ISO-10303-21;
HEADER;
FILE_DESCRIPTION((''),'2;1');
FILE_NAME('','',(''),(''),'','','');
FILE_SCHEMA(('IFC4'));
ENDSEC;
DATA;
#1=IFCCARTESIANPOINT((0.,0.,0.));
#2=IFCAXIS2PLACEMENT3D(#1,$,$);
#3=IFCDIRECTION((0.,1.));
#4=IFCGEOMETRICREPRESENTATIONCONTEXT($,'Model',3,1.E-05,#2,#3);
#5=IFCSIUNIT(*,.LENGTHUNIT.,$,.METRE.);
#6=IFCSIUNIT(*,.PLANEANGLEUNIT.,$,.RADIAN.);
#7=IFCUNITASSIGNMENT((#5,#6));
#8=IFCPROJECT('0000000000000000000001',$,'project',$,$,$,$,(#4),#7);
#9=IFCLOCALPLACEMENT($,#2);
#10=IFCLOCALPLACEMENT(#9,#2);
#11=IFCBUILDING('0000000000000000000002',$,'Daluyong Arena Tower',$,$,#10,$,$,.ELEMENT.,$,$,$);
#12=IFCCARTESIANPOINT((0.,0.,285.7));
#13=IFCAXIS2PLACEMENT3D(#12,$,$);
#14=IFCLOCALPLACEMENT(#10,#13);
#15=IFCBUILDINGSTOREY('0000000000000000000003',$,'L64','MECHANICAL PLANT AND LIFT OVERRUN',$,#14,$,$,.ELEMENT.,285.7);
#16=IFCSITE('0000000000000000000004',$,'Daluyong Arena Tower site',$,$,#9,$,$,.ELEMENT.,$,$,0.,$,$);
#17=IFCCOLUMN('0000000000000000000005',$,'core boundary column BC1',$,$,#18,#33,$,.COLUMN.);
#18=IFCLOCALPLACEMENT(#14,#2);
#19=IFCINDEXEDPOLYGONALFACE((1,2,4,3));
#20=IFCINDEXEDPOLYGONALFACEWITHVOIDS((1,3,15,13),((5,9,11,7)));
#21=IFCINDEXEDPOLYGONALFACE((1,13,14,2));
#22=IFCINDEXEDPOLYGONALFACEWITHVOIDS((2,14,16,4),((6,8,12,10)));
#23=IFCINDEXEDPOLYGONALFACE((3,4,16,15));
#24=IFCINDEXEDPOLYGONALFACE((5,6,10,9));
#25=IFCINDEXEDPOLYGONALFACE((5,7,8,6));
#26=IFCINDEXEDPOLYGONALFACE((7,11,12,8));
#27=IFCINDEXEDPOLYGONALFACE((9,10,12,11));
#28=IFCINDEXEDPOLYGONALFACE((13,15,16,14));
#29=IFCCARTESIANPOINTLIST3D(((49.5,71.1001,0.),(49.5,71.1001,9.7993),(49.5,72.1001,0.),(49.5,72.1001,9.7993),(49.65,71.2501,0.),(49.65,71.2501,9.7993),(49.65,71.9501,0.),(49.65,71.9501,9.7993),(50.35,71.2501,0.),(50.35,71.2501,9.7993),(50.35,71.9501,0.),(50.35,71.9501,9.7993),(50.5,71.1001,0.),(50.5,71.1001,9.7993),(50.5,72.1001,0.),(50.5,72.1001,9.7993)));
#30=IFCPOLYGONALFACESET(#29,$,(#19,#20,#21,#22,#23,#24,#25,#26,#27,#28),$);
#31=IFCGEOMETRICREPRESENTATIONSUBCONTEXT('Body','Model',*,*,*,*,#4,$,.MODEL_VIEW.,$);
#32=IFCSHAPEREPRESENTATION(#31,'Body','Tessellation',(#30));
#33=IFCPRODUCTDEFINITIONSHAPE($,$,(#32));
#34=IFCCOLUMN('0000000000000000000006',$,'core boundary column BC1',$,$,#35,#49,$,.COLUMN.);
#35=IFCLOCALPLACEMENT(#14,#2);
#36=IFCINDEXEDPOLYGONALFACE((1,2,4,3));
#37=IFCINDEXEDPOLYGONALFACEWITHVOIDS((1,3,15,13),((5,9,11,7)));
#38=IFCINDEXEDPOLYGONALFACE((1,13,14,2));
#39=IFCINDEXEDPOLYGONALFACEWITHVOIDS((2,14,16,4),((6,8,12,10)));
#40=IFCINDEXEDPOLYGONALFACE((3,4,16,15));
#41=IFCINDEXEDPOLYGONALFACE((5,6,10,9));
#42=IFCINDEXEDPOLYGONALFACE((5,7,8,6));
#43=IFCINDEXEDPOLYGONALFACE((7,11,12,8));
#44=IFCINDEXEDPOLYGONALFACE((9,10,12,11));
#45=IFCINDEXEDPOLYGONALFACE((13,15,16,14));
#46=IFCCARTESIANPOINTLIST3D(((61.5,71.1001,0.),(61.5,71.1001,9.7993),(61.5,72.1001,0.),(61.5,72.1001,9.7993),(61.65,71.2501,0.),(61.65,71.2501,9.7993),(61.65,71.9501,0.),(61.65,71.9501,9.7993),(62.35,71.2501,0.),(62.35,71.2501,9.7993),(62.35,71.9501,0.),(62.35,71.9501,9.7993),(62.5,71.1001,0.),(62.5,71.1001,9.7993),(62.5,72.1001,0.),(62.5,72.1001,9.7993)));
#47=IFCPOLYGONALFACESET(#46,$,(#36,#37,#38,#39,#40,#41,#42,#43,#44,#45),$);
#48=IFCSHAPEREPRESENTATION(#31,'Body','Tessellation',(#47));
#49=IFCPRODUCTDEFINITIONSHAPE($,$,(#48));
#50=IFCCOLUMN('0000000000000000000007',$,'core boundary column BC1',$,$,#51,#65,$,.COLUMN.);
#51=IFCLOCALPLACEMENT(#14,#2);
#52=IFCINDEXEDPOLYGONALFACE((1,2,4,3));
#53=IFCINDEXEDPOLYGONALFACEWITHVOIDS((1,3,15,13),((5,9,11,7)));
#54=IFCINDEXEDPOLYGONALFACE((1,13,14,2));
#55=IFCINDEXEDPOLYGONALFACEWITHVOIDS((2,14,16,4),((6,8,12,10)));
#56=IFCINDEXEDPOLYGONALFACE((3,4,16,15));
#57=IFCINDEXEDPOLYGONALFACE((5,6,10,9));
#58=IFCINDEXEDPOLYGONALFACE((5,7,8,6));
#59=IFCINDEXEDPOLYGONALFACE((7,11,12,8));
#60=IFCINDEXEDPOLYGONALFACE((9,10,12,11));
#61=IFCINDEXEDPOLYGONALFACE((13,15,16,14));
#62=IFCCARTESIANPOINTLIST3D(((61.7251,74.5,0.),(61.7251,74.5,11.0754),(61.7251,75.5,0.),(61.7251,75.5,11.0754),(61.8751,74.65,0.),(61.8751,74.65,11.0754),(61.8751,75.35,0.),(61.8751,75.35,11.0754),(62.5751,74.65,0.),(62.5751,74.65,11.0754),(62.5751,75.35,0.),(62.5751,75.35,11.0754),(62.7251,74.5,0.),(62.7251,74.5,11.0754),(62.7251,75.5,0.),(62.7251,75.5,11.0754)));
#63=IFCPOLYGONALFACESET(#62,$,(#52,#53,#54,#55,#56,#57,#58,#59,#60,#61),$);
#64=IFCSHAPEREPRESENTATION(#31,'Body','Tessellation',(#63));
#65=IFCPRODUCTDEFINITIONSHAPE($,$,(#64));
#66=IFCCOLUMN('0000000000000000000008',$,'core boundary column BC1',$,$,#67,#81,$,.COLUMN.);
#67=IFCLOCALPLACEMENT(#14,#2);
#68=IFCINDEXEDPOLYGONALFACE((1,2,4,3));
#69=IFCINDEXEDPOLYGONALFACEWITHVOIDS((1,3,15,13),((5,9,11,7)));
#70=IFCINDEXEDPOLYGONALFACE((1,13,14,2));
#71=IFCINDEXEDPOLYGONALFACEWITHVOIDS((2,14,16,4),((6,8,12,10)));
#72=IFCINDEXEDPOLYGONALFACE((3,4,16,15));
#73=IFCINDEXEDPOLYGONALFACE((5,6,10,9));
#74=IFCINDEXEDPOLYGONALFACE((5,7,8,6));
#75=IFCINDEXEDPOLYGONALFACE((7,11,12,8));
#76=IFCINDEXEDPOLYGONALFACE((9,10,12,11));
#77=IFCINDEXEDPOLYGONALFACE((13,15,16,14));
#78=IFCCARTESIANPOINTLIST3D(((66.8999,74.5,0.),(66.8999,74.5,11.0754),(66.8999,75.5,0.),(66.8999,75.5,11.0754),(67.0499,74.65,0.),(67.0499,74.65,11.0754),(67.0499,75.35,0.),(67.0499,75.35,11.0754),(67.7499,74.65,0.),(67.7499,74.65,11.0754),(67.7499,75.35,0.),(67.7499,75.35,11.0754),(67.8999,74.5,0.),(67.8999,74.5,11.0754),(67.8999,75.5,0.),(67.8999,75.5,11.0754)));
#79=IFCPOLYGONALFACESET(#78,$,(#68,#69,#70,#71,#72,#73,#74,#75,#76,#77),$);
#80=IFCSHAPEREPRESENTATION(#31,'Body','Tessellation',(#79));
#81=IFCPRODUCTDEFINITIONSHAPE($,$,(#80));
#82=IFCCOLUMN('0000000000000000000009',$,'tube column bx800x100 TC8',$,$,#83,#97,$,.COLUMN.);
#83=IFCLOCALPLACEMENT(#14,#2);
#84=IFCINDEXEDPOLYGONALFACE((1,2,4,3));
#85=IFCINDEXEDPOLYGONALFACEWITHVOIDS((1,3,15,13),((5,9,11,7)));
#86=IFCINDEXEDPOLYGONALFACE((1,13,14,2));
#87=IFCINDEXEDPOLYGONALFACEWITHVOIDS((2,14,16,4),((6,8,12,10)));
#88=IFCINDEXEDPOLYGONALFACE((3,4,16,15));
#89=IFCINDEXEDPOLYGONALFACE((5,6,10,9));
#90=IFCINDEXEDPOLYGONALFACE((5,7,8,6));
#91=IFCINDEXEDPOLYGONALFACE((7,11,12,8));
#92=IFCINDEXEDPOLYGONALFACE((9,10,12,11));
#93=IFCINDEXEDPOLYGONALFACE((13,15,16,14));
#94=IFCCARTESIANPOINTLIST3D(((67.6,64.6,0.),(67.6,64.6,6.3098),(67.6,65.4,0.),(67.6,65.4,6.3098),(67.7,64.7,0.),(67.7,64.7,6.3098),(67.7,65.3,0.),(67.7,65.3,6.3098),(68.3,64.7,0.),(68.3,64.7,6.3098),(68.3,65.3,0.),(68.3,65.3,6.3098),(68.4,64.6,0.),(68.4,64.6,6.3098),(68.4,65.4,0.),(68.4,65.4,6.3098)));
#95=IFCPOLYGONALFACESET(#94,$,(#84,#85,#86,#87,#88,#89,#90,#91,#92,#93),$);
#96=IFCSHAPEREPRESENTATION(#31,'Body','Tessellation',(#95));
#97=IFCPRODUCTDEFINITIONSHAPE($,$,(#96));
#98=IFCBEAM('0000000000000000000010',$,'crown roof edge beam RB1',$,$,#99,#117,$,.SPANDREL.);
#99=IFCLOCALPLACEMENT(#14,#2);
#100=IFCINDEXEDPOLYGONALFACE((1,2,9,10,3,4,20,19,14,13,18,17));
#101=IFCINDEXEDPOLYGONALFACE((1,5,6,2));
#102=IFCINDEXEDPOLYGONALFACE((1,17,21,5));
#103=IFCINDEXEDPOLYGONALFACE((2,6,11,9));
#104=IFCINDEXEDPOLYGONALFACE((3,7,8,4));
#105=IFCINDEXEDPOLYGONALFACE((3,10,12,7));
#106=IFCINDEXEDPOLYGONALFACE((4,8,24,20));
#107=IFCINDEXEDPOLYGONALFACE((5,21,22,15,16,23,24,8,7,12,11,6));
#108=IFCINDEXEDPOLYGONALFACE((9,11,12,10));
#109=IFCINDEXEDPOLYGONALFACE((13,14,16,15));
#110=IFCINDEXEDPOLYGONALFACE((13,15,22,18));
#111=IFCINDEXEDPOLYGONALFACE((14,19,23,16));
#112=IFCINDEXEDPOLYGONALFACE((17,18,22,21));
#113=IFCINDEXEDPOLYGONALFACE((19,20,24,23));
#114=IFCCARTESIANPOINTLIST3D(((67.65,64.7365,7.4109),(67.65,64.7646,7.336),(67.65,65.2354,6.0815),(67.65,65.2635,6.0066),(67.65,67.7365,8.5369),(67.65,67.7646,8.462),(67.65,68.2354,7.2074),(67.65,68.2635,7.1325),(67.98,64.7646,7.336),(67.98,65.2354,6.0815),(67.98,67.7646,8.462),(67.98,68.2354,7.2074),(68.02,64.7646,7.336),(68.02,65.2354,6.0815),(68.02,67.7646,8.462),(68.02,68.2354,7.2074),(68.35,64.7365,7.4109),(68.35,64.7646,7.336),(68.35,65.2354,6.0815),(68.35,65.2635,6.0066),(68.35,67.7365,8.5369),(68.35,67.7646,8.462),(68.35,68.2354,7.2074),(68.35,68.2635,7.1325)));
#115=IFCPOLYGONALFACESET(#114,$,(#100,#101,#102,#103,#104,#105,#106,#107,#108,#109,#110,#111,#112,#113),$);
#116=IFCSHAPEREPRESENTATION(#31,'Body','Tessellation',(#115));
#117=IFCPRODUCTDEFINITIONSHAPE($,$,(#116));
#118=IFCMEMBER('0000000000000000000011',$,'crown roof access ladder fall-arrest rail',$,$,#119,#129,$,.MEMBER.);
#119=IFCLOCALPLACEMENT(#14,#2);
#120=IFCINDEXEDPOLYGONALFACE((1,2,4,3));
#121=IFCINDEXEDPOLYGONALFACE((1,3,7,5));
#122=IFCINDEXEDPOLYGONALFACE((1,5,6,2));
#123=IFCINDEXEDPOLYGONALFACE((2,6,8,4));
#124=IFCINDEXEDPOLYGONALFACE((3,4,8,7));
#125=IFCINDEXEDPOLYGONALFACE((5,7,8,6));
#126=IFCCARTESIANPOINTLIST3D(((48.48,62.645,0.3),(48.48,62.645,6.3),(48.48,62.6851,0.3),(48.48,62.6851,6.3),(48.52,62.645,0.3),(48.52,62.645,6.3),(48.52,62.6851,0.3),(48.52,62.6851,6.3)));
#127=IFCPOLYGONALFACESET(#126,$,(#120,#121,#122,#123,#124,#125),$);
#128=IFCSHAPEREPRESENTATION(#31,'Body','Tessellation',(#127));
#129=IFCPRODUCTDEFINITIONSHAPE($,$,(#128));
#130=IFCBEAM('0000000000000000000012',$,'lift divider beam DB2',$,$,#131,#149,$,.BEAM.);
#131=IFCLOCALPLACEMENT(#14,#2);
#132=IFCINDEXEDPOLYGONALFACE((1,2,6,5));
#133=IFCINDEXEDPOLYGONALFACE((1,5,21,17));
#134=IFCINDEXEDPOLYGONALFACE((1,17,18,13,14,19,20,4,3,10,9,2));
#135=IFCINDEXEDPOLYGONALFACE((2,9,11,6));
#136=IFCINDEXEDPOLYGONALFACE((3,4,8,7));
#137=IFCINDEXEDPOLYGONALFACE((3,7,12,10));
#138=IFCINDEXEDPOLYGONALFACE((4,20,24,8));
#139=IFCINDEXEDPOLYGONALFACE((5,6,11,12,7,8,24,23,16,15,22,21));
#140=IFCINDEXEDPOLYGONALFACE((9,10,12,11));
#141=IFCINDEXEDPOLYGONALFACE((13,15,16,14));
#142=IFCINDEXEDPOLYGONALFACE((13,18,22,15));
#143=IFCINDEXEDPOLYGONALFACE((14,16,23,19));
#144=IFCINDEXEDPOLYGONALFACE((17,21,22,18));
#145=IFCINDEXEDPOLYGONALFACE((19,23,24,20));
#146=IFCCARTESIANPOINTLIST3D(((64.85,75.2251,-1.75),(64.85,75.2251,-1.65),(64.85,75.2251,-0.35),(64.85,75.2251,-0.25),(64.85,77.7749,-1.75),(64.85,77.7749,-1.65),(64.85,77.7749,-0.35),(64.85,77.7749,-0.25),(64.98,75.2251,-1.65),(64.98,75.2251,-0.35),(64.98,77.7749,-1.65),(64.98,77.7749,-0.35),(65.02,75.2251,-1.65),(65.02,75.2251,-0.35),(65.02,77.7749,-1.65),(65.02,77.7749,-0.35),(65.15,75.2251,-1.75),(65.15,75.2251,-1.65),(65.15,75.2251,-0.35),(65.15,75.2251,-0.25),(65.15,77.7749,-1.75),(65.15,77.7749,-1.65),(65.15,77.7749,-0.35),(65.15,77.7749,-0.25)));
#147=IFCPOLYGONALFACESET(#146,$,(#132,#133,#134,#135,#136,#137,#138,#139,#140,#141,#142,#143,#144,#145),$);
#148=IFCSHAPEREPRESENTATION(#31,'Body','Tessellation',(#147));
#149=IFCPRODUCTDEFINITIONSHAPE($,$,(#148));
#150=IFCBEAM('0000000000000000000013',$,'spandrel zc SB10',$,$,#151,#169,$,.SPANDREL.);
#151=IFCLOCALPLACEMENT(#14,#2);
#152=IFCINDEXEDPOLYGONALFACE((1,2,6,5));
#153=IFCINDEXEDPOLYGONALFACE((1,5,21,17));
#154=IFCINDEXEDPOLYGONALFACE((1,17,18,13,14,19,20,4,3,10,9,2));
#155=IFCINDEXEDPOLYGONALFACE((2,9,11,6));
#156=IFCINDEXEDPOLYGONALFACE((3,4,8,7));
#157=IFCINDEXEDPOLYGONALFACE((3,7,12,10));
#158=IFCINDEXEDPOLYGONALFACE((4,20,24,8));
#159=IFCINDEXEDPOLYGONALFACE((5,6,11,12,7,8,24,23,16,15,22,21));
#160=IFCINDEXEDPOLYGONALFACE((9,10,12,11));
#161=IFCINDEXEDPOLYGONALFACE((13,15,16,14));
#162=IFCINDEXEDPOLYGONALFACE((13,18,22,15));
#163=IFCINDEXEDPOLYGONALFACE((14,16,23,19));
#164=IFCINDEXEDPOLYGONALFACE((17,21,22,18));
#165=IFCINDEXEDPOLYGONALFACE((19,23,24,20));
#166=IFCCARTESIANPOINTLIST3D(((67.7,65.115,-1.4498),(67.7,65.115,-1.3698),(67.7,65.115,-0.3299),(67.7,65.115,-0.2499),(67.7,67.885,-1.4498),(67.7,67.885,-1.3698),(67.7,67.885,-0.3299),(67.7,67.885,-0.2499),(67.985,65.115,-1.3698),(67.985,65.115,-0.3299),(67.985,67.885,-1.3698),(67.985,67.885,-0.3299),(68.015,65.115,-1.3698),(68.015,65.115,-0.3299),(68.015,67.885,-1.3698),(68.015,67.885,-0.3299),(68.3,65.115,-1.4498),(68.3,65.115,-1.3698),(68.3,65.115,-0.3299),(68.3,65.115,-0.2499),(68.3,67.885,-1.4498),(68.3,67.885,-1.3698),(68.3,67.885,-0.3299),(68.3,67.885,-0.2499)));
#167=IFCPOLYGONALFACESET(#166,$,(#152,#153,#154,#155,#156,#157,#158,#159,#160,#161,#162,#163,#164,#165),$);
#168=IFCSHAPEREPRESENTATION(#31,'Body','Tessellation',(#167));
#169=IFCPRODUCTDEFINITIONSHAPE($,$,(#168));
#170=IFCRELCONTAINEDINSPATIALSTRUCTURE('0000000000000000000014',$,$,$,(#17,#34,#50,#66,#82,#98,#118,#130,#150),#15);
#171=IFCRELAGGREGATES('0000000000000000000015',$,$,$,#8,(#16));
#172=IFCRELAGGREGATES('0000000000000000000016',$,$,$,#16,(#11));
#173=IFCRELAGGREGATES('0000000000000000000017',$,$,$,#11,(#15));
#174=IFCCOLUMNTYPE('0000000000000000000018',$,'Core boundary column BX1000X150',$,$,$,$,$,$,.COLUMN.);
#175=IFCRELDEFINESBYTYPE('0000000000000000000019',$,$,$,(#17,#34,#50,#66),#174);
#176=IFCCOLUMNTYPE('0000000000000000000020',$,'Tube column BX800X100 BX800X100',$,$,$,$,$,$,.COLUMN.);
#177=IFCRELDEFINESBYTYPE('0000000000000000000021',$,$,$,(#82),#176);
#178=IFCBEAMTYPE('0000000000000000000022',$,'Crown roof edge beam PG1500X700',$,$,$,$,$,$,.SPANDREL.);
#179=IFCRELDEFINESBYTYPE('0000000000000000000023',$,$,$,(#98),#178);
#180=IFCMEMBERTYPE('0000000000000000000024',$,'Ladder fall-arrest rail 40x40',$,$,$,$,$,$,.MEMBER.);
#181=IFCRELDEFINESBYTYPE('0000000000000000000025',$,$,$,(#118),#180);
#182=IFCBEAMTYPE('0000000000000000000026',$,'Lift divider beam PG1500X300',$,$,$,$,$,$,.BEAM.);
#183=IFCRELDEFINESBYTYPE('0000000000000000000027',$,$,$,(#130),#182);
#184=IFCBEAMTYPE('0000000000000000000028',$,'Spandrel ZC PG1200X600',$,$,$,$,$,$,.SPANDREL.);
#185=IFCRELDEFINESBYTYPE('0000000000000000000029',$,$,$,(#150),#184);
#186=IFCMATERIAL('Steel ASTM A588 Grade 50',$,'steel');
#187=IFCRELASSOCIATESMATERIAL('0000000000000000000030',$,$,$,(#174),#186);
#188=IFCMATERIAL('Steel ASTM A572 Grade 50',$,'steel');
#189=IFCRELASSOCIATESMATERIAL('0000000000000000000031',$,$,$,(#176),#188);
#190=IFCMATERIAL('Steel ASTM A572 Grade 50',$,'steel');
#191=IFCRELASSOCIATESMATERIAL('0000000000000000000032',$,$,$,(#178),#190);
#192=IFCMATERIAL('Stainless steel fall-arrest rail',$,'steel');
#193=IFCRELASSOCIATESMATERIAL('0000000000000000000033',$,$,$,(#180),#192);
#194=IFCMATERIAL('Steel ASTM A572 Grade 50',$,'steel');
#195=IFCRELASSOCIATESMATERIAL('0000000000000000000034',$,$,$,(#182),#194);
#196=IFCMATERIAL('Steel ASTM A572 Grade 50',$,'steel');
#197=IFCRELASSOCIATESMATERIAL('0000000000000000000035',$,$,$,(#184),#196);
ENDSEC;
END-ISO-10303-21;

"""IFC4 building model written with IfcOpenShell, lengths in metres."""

from ifc_helpers import new_model, si_unit, direction, frame, origin, origin_2d, place, context, subcontext, project, spatial, rectangle, hollow_rectangle, i_section, extrude, material, material_profile, profile_set, type_object, element, save


model = new_model("IFC4")

# Units and contexts
model_context = context("Model", 3, precision=1e-05, world=origin(), true_north=direction((0.0, 1.0)))
body_context = subcontext(model_context, "Body", "Model", "MODEL_VIEW")
ifc_project = project(units=[si_unit("LENGTHUNIT", "METRE"), si_unit("PLANEANGLEUNIT", "RADIAN")], contexts=[model_context])

# Site, building, storey
site_placement = place(None, origin())
site = spatial("IfcSite", under=ifc_project, at=site_placement, Name="Daluyong Arena Tower site", CompositionType="ELEMENT", RefElevation=0.0)
building_placement = place(site_placement, origin())
building = spatial("IfcBuilding", under=site, at=building_placement, Name="Daluyong Arena Tower", CompositionType="ELEMENT")
storey_placement = place(building_placement, frame((0.0, 0.0, 285.7)))
storey = spatial("IfcBuildingStorey", under=building, at=storey_placement, Name="L64", Description="MECHANICAL PLANT AND LIFT OVERRUN", CompositionType="ELEMENT", Elevation=285.7)

# Columns
ifc_material_1 = material(Name="Steel ASTM A588 Grade 50", Category="steel")
ifc_material_profile_1 = material_profile(ifc_material_1, hollow_rectangle(XDim=1.0, YDim=1.0, WallThickness=0.15, at=origin_2d()))
ifc_profile_set_1 = profile_set([ifc_material_profile_1], Name="Steel ASTM A588 Grade 50")
column_type_1 = type_object("IfcColumnType", Name="Core boundary column BX1000X150", PredefinedType="COLUMN", material=ifc_profile_set_1)
for number, where, z_axis, x_axis, name in (
    (1, (50.0, 71.6001, 0.0), (0.0, 0.0, 1.0), (1.0, 0.0, 0.0), "core boundary column BC1"),
    (2, (62.0, 71.6001, 0.0), (0.0, 0.0, 1.0), (1.0, 0.0, 0.0), "core boundary column BC1"),
):
    element("IfcColumn", number, at=place(storey_placement, frame(where, z_axis=z_axis, x_axis=x_axis)), inside=storey, type_object=column_type_1, Name=name, PredefinedType="COLUMN", context=body_context, shape_type="SweptSolid", body=[
        extrude(hollow_rectangle(XDim=1.0, YDim=1.0, WallThickness=0.15, at=origin_2d()), origin(), (0.0, 0.0, 1.0), 9.7993),
    ])
for number, where, z_axis, x_axis, name in (
    (3, (62.2251, 75.0, 0.0), (0.0, 0.0, 1.0), (1.0, 0.0, 0.0), "core boundary column BC1"),
    (4, (67.3999, 75.0, 0.0), (0.0, 0.0, 1.0), (1.0, 0.0, 0.0), "core boundary column BC1"),
):
    element("IfcColumn", number, at=place(storey_placement, frame(where, z_axis=z_axis, x_axis=x_axis)), inside=storey, type_object=column_type_1, Name=name, PredefinedType="COLUMN", context=body_context, shape_type="SweptSolid", body=[
        extrude(hollow_rectangle(XDim=1.0, YDim=1.0, WallThickness=0.15, at=origin_2d()), origin(), (0.0, 0.0, 1.0), 11.0754),
    ])
ifc_material_2 = material(Name="Steel ASTM A572 Grade 50", Category="steel")
ifc_material_profile_2 = material_profile(ifc_material_2, hollow_rectangle(XDim=0.8, YDim=0.8, WallThickness=0.1, at=origin_2d()))
ifc_profile_set_2 = profile_set([ifc_material_profile_2], Name="Steel ASTM A572 Grade 50")
column_type_2 = type_object("IfcColumnType", Name="Tube column BX800X100 BX800X100", PredefinedType="COLUMN", material=ifc_profile_set_2)
column_placement = place(storey_placement, frame((68.0, 65.0, 0.0), z_axis=(0.0, 0.0, 1.0), x_axis=(0.0, 1.0, 0.0)))
element("IfcColumn", 5, at=column_placement, inside=storey, type_object=column_type_2, Name="tube column bx800x100 TC8", PredefinedType="COLUMN", context=body_context, shape_type="SweptSolid", body=[
    extrude(hollow_rectangle(XDim=0.8, YDim=0.8, WallThickness=0.1, at=origin_2d()), origin(), (0.0, 0.0, 1.0), 6.3098),
])

# Beam
ifc_material_3 = material(Name="Steel ASTM A572 Grade 50", Category="steel")
ifc_material_profile_3 = material_profile(ifc_material_3, i_section(OverallWidth=0.7, OverallDepth=1.5, WebThickness=0.04, FlangeThickness=0.08, at=origin_2d()))
ifc_profile_set_3 = profile_set([ifc_material_profile_3], Name="Steel ASTM A572 Grade 50")
beam_type_1 = type_object("IfcBeamType", Name="Crown roof edge beam PG1500X700", PredefinedType="SPANDREL", material=ifc_profile_set_3)
beam_1_placement = place(storey_placement, frame((68.0, 65.0, 6.7087), z_axis=(0.0, 0.936229, 0.351391), x_axis=(-1.0, 0.0, 0.0)))
element("IfcBeam", 6, at=beam_1_placement, inside=storey, type_object=beam_type_1, Name="crown roof edge beam RB1", PredefinedType="SPANDREL", context=body_context, shape_type="SweptSolid", body=[
    extrude(i_section(OverallWidth=0.7, OverallDepth=1.5, WebThickness=0.04, FlangeThickness=0.08, at=origin_2d()), origin(), (0.0, 0.0, 1.0), 3.2043),
])

# Member
ifc_material_4 = material(Name="Stainless steel fall-arrest rail", Category="steel")
ifc_material_profile_4 = material_profile(ifc_material_4, rectangle(XDim=0.04, YDim=0.04, at=origin_2d()))
ifc_profile_set_4 = profile_set([ifc_material_profile_4], Name="Stainless steel fall-arrest rail")
member_type = type_object("IfcMemberType", Name="Ladder fall-arrest rail 40x40", PredefinedType="MEMBER", material=ifc_profile_set_4)
member_placement = place(storey_placement, frame((48.5, 62.665, 0.3), z_axis=(0.0, 0.0, 1.0), x_axis=(1.0, 0.0, 0.0)))
element("IfcMember", 7, at=member_placement, inside=storey, type_object=member_type, Name="crown roof access ladder fall-arrest rail", PredefinedType="MEMBER", context=body_context, shape_type="SweptSolid", body=[
    extrude(rectangle(XDim=0.04, YDim=0.04, at=origin_2d()), origin(), (0.0, 0.0, 1.0), 6.0),
])

# Beams
ifc_material_5 = material(Name="Steel ASTM A572 Grade 50", Category="steel")
ifc_material_profile_5 = material_profile(ifc_material_5, i_section(OverallWidth=0.3, OverallDepth=1.5, WebThickness=0.04, FlangeThickness=0.1, at=origin_2d()))
ifc_profile_set_5 = profile_set([ifc_material_profile_5], Name="Steel ASTM A572 Grade 50")
beam_type_2 = type_object("IfcBeamType", Name="Lift divider beam PG1500X300", PredefinedType="BEAM", material=ifc_profile_set_5)
beam_2_placement = place(storey_placement, frame((65.0, 75.2251, -1.0), z_axis=(0.0, 1.0, 0.0), x_axis=(-1.0, 0.0, 0.0)))
element("IfcBeam", 8, at=beam_2_placement, inside=storey, type_object=beam_type_2, Name="lift divider beam DB2", PredefinedType="BEAM", context=body_context, shape_type="SweptSolid", body=[
    extrude(i_section(OverallWidth=0.3, OverallDepth=1.5, WebThickness=0.04, FlangeThickness=0.1, at=origin_2d()), origin(), (0.0, 0.0, 1.0), 2.5498),
])
ifc_material_6 = material(Name="Steel ASTM A572 Grade 50", Category="steel")
ifc_material_profile_6 = material_profile(ifc_material_6, i_section(OverallWidth=0.6001, OverallDepth=1.2, WebThickness=0.03, FlangeThickness=0.08, at=origin_2d()))
ifc_profile_set_6 = profile_set([ifc_material_profile_6], Name="Steel ASTM A572 Grade 50")
beam_type_3 = type_object("IfcBeamType", Name="Spandrel ZC PG1200X600", PredefinedType="SPANDREL", material=ifc_profile_set_6)
beam_3_placement = place(storey_placement, frame((68.0, 65.115, -0.8499), z_axis=(0.0, 1.0, 0.0), x_axis=(-1.0, 0.0, 0.0)))
element("IfcBeam", 9, at=beam_3_placement, inside=storey, type_object=beam_type_3, Name="spandrel zc SB10", PredefinedType="SPANDREL", context=body_context, shape_type="SweptSolid", body=[
    extrude(i_section(OverallWidth=0.6001, OverallDepth=1.2, WebThickness=0.03, FlangeThickness=0.08, at=origin_2d()), origin(), (0.0, 0.0, 1.0), 2.77),
])

save(model, "model.ifc")
